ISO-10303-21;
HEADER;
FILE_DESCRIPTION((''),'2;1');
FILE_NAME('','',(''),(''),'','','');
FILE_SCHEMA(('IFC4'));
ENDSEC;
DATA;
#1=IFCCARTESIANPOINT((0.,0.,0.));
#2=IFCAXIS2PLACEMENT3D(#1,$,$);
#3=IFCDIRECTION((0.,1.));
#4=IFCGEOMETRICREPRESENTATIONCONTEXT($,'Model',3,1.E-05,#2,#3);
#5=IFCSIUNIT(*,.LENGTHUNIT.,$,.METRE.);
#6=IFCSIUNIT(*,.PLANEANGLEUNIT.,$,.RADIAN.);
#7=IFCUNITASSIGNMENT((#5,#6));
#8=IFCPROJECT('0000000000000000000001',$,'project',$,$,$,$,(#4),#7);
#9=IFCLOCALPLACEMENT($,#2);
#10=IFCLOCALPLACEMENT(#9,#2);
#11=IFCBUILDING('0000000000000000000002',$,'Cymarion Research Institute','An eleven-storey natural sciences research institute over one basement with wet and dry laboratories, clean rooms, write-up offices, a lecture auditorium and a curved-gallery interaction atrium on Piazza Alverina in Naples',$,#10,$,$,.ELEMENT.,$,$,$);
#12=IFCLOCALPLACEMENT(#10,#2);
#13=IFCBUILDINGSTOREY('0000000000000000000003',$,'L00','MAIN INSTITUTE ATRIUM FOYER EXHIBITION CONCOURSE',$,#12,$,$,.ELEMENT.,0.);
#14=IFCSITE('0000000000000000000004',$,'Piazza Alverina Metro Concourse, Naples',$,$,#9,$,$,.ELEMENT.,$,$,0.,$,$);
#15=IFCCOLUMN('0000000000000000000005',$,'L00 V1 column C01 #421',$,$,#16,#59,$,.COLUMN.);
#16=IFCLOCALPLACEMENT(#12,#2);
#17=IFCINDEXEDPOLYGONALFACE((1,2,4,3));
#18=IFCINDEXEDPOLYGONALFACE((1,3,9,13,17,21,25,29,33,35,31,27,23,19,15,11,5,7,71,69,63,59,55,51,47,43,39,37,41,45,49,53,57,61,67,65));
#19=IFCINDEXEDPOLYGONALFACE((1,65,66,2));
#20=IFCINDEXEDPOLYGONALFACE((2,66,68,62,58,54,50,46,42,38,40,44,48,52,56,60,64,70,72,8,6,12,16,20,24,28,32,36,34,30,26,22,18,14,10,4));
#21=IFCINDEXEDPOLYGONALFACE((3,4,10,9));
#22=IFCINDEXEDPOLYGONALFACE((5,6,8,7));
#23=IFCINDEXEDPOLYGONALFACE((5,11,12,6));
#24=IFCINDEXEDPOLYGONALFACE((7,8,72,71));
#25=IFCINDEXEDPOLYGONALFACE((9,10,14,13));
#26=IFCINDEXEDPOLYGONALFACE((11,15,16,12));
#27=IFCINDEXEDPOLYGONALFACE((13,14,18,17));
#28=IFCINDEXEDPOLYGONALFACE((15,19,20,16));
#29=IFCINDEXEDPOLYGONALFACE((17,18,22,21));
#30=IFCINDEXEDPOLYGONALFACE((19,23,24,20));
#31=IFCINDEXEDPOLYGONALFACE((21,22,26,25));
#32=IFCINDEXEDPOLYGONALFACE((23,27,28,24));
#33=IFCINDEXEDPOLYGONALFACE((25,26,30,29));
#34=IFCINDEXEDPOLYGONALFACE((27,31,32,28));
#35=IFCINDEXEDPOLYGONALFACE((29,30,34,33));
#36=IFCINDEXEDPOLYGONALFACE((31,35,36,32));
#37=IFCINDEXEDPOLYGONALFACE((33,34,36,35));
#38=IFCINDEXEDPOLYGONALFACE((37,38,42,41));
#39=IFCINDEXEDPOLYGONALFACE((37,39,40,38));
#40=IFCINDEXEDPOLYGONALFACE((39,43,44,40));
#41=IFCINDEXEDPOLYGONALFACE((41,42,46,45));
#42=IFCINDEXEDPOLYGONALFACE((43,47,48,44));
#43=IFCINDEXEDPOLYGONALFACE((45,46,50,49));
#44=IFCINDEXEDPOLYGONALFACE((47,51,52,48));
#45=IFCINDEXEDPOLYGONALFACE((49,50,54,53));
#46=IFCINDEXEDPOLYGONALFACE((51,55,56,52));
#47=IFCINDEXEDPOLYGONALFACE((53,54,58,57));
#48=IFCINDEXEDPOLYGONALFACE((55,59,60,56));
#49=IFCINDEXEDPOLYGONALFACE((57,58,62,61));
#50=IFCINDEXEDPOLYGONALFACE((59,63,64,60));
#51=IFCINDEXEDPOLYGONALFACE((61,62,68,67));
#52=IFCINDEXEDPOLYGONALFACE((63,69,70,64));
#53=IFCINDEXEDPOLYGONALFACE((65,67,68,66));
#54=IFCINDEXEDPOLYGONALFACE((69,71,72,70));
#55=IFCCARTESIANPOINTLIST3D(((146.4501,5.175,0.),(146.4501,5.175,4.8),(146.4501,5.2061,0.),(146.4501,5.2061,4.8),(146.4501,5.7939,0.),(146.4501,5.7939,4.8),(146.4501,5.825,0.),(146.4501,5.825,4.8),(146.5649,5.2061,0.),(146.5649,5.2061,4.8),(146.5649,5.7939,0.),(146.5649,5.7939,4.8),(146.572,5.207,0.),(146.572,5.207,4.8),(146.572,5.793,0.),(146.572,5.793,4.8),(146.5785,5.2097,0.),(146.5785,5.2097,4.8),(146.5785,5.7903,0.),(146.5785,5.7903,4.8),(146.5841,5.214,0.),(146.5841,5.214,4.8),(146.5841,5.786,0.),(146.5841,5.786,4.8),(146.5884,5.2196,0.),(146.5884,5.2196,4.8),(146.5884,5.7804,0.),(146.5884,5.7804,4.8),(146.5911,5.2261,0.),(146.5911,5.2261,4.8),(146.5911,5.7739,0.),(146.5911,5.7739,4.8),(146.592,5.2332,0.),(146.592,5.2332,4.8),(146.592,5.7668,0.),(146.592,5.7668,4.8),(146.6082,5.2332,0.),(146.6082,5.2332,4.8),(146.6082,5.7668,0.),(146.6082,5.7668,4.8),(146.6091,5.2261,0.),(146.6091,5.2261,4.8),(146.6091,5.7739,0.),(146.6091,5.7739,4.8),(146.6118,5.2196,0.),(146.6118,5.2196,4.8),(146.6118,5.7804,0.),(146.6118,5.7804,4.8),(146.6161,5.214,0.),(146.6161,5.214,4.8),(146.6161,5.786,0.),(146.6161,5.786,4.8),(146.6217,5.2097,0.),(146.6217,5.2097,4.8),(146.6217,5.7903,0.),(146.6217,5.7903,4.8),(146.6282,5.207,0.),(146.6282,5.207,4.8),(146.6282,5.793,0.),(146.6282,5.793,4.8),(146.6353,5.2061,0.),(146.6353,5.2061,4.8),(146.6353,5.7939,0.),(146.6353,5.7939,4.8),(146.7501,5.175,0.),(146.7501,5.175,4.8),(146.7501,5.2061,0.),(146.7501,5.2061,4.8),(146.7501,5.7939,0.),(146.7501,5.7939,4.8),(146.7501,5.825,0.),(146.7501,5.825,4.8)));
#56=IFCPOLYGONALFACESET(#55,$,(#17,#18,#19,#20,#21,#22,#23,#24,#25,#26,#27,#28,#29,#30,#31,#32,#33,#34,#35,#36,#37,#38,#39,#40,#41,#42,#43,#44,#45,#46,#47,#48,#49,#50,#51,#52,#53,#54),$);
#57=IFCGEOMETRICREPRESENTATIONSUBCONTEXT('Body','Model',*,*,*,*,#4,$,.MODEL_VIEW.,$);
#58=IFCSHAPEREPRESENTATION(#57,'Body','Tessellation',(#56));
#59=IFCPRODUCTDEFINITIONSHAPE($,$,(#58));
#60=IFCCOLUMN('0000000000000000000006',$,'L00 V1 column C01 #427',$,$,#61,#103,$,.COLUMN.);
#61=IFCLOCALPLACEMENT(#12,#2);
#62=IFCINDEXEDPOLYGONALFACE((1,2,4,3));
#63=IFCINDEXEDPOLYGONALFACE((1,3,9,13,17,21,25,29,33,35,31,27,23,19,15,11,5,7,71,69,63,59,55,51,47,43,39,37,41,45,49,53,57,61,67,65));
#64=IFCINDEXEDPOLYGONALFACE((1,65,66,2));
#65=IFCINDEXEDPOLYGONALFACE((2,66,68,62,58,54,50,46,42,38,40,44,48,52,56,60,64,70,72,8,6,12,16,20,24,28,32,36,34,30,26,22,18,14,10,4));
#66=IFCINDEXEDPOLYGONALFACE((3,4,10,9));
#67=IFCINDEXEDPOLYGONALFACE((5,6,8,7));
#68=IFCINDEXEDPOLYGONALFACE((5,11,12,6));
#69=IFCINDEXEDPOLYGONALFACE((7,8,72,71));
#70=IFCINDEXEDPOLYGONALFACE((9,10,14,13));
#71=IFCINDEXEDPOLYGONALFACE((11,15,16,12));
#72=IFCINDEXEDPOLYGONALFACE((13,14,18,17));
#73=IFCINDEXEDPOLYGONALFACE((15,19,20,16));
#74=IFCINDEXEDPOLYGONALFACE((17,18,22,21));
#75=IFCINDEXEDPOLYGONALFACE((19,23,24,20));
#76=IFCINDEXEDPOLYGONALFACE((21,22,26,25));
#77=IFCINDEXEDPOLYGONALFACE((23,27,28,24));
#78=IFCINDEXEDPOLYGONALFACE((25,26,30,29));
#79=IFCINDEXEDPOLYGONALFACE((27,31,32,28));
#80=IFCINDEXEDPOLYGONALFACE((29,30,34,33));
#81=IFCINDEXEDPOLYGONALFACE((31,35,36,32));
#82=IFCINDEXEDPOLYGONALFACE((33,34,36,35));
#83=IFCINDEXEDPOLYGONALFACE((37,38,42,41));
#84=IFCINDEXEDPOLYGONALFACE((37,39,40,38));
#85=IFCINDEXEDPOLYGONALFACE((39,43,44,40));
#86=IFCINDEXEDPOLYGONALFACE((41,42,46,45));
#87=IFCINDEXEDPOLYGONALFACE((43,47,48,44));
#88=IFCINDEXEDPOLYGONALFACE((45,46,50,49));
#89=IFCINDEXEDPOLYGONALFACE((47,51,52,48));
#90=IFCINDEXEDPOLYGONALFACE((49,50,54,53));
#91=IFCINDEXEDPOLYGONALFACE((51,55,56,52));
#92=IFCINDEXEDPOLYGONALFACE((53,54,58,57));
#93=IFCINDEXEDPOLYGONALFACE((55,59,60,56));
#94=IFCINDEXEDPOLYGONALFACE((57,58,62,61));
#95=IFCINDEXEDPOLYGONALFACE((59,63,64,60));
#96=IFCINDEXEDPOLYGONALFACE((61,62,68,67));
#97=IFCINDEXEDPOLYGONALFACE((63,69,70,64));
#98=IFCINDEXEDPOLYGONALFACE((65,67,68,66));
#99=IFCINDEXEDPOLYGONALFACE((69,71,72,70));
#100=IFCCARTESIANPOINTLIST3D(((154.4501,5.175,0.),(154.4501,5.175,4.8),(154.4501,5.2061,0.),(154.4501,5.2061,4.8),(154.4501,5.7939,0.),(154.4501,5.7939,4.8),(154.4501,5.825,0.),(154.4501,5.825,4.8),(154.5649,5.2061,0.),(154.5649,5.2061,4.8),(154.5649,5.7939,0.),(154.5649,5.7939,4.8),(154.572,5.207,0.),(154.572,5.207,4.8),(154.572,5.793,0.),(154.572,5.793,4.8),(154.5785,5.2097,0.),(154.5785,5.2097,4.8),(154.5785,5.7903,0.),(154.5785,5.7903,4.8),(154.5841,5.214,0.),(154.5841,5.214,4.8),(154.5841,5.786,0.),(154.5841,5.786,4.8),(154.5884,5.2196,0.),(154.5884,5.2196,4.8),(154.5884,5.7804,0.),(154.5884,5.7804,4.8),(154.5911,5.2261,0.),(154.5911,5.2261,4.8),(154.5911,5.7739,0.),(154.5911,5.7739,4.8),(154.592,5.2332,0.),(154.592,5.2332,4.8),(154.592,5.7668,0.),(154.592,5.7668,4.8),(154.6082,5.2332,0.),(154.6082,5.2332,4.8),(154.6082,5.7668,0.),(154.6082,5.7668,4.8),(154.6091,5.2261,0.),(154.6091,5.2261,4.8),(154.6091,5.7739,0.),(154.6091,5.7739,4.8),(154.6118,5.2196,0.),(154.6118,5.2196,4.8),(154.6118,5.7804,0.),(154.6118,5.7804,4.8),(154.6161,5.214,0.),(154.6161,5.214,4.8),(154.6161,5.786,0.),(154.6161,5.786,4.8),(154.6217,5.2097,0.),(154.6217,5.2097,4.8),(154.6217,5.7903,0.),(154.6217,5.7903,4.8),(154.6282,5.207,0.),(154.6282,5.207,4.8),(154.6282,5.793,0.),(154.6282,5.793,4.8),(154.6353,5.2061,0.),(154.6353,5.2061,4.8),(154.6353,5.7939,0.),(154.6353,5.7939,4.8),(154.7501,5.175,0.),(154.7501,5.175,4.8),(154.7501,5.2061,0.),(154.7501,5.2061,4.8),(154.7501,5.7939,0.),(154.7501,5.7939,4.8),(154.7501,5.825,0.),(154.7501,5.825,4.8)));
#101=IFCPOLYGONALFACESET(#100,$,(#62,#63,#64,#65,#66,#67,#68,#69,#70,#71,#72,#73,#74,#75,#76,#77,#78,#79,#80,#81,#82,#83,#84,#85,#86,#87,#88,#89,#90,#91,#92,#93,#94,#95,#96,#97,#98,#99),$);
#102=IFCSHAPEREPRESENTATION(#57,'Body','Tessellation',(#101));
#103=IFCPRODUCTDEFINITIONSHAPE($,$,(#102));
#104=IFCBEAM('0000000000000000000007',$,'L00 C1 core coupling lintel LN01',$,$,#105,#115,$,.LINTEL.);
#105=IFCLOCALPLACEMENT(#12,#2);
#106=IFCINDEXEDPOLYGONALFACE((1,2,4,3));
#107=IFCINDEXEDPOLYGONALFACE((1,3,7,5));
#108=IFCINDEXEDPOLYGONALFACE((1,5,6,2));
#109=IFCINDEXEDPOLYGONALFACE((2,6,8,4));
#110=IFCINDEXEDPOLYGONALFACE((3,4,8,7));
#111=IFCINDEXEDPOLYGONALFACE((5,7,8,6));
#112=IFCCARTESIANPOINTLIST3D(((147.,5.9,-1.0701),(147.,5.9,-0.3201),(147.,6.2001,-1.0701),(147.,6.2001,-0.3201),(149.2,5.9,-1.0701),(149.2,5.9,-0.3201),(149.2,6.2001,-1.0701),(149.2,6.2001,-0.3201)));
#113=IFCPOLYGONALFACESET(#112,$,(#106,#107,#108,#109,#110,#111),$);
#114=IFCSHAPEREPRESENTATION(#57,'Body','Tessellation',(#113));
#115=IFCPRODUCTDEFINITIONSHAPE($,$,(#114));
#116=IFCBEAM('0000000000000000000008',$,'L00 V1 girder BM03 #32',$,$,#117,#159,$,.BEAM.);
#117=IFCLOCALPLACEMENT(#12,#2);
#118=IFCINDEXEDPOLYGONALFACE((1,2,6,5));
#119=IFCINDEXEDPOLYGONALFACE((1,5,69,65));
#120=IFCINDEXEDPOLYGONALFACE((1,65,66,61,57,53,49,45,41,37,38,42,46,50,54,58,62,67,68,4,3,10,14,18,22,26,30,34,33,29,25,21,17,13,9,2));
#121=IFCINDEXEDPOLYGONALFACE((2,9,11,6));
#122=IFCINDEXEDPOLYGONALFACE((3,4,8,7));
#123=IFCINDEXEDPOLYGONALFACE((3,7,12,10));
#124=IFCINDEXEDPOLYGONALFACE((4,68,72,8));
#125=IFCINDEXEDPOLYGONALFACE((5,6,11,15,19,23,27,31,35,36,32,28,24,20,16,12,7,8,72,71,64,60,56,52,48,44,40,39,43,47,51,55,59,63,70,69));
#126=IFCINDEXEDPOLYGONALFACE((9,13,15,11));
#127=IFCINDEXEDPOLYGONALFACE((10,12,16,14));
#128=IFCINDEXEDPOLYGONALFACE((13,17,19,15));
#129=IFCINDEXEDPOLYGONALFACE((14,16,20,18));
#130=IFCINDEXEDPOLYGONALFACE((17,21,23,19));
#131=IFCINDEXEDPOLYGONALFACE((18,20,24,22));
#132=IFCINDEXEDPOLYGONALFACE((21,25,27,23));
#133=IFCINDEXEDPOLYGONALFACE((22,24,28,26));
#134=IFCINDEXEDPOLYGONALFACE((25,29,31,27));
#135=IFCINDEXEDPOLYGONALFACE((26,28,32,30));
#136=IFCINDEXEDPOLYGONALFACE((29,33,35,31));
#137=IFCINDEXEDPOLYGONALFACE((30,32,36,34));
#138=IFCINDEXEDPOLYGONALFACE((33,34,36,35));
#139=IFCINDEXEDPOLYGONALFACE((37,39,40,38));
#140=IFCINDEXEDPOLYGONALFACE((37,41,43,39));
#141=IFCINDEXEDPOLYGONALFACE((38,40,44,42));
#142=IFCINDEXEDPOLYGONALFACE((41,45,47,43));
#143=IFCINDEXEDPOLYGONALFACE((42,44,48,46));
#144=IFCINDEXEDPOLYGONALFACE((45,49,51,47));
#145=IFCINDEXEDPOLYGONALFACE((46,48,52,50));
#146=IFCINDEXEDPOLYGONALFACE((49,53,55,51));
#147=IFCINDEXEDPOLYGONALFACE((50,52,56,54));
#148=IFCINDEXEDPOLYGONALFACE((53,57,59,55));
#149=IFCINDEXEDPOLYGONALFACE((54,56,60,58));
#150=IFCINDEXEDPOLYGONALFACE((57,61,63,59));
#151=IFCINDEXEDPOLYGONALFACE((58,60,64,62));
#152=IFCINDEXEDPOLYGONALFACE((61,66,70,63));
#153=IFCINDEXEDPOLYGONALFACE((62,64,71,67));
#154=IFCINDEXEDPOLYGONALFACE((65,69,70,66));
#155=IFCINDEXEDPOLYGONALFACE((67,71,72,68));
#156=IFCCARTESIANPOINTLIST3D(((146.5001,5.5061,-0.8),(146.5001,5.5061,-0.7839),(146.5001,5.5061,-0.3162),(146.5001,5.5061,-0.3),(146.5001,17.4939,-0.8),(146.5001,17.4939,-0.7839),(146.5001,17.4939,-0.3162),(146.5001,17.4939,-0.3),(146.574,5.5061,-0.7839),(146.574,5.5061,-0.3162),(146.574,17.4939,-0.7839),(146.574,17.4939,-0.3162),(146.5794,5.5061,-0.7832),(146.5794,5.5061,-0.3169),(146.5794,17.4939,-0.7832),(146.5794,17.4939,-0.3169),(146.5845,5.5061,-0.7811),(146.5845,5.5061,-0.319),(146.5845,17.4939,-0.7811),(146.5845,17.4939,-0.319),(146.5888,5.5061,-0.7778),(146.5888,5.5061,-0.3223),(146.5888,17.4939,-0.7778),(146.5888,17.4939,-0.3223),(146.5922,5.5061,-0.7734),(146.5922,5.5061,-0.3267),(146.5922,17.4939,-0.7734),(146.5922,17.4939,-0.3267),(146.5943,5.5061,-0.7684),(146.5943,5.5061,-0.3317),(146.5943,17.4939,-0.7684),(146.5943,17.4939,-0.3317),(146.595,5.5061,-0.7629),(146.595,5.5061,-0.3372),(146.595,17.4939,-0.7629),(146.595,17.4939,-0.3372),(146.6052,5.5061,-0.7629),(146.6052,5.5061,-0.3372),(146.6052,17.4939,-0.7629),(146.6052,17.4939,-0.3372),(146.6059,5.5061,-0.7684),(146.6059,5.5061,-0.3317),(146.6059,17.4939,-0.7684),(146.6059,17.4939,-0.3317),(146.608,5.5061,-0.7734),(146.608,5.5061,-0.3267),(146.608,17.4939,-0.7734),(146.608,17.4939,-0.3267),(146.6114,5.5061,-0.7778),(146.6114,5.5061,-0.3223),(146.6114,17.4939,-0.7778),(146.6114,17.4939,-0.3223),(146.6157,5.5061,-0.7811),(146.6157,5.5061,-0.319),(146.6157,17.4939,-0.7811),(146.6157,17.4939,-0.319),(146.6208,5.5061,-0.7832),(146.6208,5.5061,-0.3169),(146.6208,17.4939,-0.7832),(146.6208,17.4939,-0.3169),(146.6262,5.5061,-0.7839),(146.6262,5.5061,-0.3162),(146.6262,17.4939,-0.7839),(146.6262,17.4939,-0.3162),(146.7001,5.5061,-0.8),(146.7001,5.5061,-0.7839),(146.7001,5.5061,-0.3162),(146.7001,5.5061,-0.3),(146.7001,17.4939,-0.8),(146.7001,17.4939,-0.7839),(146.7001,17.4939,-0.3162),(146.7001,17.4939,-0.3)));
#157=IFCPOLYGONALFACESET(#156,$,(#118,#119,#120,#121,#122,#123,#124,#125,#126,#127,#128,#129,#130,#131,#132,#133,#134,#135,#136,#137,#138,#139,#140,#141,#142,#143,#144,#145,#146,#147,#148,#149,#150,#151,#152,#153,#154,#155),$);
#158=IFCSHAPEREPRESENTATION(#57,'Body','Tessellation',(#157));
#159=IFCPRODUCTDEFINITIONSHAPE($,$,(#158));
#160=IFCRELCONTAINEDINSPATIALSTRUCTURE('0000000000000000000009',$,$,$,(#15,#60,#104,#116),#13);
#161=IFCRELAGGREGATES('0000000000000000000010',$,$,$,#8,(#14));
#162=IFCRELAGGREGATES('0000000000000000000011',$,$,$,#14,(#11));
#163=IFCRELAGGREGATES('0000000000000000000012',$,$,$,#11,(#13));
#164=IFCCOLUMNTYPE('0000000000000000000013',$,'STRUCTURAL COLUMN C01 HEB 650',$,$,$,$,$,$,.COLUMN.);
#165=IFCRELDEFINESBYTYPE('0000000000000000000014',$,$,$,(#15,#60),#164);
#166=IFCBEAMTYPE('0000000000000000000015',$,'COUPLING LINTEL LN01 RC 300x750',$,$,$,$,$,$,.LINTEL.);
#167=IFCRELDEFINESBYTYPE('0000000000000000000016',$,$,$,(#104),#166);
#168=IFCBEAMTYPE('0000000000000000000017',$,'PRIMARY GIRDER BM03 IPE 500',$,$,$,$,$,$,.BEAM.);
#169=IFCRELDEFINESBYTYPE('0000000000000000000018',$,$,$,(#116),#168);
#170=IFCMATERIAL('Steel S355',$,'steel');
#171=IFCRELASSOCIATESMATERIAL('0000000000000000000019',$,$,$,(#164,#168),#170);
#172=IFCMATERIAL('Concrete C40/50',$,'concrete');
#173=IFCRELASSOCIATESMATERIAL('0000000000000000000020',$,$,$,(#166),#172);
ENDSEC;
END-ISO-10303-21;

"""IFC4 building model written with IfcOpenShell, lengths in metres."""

from ifc_helpers import new_model, si_unit, direction, frame, origin, origin_2d, place, context, subcontext, project, spatial, rectangle, i_section, extrude, material, material_profile, profile_set, type_object, element, save


model = new_model("IFC4")

# Units and contexts
model_context = context("Model", 3, precision=1e-05, world=origin(), true_north=direction((0.0, 1.0)))
body_context = subcontext(model_context, "Body", "Model", "MODEL_VIEW")
ifc_project = project(units=[si_unit("LENGTHUNIT", "METRE"), si_unit("PLANEANGLEUNIT", "RADIAN")], contexts=[model_context])

# Site, building, storey
site_placement = place(None, origin())
site = spatial("IfcSite", under=ifc_project, at=site_placement, Name="Piazza Alverina Metro Concourse, Naples", CompositionType="ELEMENT", RefElevation=0.0)
building_placement = place(site_placement, origin())
building = spatial("IfcBuilding", under=site, at=building_placement, Name="Cymarion Research Institute", Description="An eleven-storey natural sciences research institute over one basement with wet and dry laboratories, clean rooms, write-up offices, a lecture auditorium and a curved-gallery interaction atrium on Piazza Alverina in Naples", CompositionType="ELEMENT")
storey_placement = place(building_placement, origin())
storey = spatial("IfcBuildingStorey", under=building, at=storey_placement, Name="L00", Description="MAIN INSTITUTE ATRIUM FOYER EXHIBITION CONCOURSE", CompositionType="ELEMENT", Elevation=0.0)

# Columns
ifc_material_1 = material(Name="Steel S355", Category="steel")
ifc_material_profile_1 = material_profile(ifc_material_1, i_section(OverallWidth=0.3, OverallDepth=0.6499, WebThickness=0.0161, FlangeThickness=0.031, FilletRadius=0.0271, at=origin_2d()), Name="HEB 650")
ifc_profile_set_1 = profile_set([ifc_material_profile_1], Name="Steel S355")
column_type = type_object("IfcColumnType", Name="STRUCTURAL COLUMN C01 HEB 650", PredefinedType="COLUMN", material=ifc_profile_set_1)
for number, where, z_axis, x_axis, name in (
    (1, (146.6001, 5.5, 0.0), (0.0, 0.0, 1.0), (1.0, 0.0, 0.0), "L00 V1 column C01 #421"),
    (2, (154.6001, 5.5, 0.0), (0.0, 0.0, 1.0), (1.0, 0.0, 0.0), "L00 V1 column C01 #427"),
):
    element("IfcColumn", number, at=place(storey_placement, frame(where, z_axis=z_axis, x_axis=x_axis)), inside=storey, type_object=column_type, Name=name, PredefinedType="COLUMN", context=body_context, shape_type="SweptSolid", body=[
        extrude(i_section(OverallWidth=0.3, OverallDepth=0.6499, WebThickness=0.0161, FlangeThickness=0.031, FilletRadius=0.0271, at=origin_2d()), origin(), (0.0, 0.0, 1.0), 4.8),
    ])

# Beams
ifc_material_2 = material(Name="Concrete C40/50", Category="concrete")
ifc_material_profile_2 = material_profile(ifc_material_2, rectangle(XDim=0.3, YDim=0.75, at=origin_2d()), Name="RC 300x750")
ifc_profile_set_2 = profile_set([ifc_material_profile_2], Name="Concrete C40/50")
beam_type_1 = type_object("IfcBeamType", Name="COUPLING LINTEL LN01 RC 300x750", PredefinedType="LINTEL", material=ifc_profile_set_2)
beam_1_placement = place(storey_placement, frame((147.0, 6.05, -0.6951), z_axis=(1.0, 0.0, 0.0), x_axis=(0.0, 1.0, 0.0)))
element("IfcBeam", 3, at=beam_1_placement, inside=storey, type_object=beam_type_1, Name="L00 C1 core coupling lintel LN01", PredefinedType="LINTEL", context=body_context, shape_type="SweptSolid", body=[
    extrude(rectangle(XDim=0.3, YDim=0.75, at=origin_2d()), origin(), (0.0, 0.0, 1.0), 2.2),
])
ifc_material_profile_3 = material_profile(ifc_material_1, i_section(OverallWidth=0.2, OverallDepth=0.5, WebThickness=0.0103, FlangeThickness=0.0161, FilletRadius=0.021, at=origin_2d()), Name="IPE 500")
ifc_profile_set_3 = profile_set([ifc_material_profile_3], Name="Steel S355")
beam_type_2 = type_object("IfcBeamType", Name="PRIMARY GIRDER BM03 IPE 500", PredefinedType="BEAM", material=ifc_profile_set_3)
for number, where, z_axis, x_axis, name in (
    (4, (146.6001, 5.5061, -0.55), (0.0, 1.0, 0.0), (-1.0, 0.0, 0.0), "L00 V1 girder BM03 #32"),
):
    element("IfcBeam", number, at=place(storey_placement, frame(where, z_axis=z_axis, x_axis=x_axis)), inside=storey, type_object=beam_type_2, Name=name, PredefinedType="BEAM", context=body_context, shape_type="SweptSolid", body=[
        extrude(i_section(OverallWidth=0.2, OverallDepth=0.5, WebThickness=0.0103, FlangeThickness=0.0161, FilletRadius=0.021, at=origin_2d()), origin(), (0.0, 0.0, 1.0), 11.9878),
    ])

save(model, "model.ifc")
